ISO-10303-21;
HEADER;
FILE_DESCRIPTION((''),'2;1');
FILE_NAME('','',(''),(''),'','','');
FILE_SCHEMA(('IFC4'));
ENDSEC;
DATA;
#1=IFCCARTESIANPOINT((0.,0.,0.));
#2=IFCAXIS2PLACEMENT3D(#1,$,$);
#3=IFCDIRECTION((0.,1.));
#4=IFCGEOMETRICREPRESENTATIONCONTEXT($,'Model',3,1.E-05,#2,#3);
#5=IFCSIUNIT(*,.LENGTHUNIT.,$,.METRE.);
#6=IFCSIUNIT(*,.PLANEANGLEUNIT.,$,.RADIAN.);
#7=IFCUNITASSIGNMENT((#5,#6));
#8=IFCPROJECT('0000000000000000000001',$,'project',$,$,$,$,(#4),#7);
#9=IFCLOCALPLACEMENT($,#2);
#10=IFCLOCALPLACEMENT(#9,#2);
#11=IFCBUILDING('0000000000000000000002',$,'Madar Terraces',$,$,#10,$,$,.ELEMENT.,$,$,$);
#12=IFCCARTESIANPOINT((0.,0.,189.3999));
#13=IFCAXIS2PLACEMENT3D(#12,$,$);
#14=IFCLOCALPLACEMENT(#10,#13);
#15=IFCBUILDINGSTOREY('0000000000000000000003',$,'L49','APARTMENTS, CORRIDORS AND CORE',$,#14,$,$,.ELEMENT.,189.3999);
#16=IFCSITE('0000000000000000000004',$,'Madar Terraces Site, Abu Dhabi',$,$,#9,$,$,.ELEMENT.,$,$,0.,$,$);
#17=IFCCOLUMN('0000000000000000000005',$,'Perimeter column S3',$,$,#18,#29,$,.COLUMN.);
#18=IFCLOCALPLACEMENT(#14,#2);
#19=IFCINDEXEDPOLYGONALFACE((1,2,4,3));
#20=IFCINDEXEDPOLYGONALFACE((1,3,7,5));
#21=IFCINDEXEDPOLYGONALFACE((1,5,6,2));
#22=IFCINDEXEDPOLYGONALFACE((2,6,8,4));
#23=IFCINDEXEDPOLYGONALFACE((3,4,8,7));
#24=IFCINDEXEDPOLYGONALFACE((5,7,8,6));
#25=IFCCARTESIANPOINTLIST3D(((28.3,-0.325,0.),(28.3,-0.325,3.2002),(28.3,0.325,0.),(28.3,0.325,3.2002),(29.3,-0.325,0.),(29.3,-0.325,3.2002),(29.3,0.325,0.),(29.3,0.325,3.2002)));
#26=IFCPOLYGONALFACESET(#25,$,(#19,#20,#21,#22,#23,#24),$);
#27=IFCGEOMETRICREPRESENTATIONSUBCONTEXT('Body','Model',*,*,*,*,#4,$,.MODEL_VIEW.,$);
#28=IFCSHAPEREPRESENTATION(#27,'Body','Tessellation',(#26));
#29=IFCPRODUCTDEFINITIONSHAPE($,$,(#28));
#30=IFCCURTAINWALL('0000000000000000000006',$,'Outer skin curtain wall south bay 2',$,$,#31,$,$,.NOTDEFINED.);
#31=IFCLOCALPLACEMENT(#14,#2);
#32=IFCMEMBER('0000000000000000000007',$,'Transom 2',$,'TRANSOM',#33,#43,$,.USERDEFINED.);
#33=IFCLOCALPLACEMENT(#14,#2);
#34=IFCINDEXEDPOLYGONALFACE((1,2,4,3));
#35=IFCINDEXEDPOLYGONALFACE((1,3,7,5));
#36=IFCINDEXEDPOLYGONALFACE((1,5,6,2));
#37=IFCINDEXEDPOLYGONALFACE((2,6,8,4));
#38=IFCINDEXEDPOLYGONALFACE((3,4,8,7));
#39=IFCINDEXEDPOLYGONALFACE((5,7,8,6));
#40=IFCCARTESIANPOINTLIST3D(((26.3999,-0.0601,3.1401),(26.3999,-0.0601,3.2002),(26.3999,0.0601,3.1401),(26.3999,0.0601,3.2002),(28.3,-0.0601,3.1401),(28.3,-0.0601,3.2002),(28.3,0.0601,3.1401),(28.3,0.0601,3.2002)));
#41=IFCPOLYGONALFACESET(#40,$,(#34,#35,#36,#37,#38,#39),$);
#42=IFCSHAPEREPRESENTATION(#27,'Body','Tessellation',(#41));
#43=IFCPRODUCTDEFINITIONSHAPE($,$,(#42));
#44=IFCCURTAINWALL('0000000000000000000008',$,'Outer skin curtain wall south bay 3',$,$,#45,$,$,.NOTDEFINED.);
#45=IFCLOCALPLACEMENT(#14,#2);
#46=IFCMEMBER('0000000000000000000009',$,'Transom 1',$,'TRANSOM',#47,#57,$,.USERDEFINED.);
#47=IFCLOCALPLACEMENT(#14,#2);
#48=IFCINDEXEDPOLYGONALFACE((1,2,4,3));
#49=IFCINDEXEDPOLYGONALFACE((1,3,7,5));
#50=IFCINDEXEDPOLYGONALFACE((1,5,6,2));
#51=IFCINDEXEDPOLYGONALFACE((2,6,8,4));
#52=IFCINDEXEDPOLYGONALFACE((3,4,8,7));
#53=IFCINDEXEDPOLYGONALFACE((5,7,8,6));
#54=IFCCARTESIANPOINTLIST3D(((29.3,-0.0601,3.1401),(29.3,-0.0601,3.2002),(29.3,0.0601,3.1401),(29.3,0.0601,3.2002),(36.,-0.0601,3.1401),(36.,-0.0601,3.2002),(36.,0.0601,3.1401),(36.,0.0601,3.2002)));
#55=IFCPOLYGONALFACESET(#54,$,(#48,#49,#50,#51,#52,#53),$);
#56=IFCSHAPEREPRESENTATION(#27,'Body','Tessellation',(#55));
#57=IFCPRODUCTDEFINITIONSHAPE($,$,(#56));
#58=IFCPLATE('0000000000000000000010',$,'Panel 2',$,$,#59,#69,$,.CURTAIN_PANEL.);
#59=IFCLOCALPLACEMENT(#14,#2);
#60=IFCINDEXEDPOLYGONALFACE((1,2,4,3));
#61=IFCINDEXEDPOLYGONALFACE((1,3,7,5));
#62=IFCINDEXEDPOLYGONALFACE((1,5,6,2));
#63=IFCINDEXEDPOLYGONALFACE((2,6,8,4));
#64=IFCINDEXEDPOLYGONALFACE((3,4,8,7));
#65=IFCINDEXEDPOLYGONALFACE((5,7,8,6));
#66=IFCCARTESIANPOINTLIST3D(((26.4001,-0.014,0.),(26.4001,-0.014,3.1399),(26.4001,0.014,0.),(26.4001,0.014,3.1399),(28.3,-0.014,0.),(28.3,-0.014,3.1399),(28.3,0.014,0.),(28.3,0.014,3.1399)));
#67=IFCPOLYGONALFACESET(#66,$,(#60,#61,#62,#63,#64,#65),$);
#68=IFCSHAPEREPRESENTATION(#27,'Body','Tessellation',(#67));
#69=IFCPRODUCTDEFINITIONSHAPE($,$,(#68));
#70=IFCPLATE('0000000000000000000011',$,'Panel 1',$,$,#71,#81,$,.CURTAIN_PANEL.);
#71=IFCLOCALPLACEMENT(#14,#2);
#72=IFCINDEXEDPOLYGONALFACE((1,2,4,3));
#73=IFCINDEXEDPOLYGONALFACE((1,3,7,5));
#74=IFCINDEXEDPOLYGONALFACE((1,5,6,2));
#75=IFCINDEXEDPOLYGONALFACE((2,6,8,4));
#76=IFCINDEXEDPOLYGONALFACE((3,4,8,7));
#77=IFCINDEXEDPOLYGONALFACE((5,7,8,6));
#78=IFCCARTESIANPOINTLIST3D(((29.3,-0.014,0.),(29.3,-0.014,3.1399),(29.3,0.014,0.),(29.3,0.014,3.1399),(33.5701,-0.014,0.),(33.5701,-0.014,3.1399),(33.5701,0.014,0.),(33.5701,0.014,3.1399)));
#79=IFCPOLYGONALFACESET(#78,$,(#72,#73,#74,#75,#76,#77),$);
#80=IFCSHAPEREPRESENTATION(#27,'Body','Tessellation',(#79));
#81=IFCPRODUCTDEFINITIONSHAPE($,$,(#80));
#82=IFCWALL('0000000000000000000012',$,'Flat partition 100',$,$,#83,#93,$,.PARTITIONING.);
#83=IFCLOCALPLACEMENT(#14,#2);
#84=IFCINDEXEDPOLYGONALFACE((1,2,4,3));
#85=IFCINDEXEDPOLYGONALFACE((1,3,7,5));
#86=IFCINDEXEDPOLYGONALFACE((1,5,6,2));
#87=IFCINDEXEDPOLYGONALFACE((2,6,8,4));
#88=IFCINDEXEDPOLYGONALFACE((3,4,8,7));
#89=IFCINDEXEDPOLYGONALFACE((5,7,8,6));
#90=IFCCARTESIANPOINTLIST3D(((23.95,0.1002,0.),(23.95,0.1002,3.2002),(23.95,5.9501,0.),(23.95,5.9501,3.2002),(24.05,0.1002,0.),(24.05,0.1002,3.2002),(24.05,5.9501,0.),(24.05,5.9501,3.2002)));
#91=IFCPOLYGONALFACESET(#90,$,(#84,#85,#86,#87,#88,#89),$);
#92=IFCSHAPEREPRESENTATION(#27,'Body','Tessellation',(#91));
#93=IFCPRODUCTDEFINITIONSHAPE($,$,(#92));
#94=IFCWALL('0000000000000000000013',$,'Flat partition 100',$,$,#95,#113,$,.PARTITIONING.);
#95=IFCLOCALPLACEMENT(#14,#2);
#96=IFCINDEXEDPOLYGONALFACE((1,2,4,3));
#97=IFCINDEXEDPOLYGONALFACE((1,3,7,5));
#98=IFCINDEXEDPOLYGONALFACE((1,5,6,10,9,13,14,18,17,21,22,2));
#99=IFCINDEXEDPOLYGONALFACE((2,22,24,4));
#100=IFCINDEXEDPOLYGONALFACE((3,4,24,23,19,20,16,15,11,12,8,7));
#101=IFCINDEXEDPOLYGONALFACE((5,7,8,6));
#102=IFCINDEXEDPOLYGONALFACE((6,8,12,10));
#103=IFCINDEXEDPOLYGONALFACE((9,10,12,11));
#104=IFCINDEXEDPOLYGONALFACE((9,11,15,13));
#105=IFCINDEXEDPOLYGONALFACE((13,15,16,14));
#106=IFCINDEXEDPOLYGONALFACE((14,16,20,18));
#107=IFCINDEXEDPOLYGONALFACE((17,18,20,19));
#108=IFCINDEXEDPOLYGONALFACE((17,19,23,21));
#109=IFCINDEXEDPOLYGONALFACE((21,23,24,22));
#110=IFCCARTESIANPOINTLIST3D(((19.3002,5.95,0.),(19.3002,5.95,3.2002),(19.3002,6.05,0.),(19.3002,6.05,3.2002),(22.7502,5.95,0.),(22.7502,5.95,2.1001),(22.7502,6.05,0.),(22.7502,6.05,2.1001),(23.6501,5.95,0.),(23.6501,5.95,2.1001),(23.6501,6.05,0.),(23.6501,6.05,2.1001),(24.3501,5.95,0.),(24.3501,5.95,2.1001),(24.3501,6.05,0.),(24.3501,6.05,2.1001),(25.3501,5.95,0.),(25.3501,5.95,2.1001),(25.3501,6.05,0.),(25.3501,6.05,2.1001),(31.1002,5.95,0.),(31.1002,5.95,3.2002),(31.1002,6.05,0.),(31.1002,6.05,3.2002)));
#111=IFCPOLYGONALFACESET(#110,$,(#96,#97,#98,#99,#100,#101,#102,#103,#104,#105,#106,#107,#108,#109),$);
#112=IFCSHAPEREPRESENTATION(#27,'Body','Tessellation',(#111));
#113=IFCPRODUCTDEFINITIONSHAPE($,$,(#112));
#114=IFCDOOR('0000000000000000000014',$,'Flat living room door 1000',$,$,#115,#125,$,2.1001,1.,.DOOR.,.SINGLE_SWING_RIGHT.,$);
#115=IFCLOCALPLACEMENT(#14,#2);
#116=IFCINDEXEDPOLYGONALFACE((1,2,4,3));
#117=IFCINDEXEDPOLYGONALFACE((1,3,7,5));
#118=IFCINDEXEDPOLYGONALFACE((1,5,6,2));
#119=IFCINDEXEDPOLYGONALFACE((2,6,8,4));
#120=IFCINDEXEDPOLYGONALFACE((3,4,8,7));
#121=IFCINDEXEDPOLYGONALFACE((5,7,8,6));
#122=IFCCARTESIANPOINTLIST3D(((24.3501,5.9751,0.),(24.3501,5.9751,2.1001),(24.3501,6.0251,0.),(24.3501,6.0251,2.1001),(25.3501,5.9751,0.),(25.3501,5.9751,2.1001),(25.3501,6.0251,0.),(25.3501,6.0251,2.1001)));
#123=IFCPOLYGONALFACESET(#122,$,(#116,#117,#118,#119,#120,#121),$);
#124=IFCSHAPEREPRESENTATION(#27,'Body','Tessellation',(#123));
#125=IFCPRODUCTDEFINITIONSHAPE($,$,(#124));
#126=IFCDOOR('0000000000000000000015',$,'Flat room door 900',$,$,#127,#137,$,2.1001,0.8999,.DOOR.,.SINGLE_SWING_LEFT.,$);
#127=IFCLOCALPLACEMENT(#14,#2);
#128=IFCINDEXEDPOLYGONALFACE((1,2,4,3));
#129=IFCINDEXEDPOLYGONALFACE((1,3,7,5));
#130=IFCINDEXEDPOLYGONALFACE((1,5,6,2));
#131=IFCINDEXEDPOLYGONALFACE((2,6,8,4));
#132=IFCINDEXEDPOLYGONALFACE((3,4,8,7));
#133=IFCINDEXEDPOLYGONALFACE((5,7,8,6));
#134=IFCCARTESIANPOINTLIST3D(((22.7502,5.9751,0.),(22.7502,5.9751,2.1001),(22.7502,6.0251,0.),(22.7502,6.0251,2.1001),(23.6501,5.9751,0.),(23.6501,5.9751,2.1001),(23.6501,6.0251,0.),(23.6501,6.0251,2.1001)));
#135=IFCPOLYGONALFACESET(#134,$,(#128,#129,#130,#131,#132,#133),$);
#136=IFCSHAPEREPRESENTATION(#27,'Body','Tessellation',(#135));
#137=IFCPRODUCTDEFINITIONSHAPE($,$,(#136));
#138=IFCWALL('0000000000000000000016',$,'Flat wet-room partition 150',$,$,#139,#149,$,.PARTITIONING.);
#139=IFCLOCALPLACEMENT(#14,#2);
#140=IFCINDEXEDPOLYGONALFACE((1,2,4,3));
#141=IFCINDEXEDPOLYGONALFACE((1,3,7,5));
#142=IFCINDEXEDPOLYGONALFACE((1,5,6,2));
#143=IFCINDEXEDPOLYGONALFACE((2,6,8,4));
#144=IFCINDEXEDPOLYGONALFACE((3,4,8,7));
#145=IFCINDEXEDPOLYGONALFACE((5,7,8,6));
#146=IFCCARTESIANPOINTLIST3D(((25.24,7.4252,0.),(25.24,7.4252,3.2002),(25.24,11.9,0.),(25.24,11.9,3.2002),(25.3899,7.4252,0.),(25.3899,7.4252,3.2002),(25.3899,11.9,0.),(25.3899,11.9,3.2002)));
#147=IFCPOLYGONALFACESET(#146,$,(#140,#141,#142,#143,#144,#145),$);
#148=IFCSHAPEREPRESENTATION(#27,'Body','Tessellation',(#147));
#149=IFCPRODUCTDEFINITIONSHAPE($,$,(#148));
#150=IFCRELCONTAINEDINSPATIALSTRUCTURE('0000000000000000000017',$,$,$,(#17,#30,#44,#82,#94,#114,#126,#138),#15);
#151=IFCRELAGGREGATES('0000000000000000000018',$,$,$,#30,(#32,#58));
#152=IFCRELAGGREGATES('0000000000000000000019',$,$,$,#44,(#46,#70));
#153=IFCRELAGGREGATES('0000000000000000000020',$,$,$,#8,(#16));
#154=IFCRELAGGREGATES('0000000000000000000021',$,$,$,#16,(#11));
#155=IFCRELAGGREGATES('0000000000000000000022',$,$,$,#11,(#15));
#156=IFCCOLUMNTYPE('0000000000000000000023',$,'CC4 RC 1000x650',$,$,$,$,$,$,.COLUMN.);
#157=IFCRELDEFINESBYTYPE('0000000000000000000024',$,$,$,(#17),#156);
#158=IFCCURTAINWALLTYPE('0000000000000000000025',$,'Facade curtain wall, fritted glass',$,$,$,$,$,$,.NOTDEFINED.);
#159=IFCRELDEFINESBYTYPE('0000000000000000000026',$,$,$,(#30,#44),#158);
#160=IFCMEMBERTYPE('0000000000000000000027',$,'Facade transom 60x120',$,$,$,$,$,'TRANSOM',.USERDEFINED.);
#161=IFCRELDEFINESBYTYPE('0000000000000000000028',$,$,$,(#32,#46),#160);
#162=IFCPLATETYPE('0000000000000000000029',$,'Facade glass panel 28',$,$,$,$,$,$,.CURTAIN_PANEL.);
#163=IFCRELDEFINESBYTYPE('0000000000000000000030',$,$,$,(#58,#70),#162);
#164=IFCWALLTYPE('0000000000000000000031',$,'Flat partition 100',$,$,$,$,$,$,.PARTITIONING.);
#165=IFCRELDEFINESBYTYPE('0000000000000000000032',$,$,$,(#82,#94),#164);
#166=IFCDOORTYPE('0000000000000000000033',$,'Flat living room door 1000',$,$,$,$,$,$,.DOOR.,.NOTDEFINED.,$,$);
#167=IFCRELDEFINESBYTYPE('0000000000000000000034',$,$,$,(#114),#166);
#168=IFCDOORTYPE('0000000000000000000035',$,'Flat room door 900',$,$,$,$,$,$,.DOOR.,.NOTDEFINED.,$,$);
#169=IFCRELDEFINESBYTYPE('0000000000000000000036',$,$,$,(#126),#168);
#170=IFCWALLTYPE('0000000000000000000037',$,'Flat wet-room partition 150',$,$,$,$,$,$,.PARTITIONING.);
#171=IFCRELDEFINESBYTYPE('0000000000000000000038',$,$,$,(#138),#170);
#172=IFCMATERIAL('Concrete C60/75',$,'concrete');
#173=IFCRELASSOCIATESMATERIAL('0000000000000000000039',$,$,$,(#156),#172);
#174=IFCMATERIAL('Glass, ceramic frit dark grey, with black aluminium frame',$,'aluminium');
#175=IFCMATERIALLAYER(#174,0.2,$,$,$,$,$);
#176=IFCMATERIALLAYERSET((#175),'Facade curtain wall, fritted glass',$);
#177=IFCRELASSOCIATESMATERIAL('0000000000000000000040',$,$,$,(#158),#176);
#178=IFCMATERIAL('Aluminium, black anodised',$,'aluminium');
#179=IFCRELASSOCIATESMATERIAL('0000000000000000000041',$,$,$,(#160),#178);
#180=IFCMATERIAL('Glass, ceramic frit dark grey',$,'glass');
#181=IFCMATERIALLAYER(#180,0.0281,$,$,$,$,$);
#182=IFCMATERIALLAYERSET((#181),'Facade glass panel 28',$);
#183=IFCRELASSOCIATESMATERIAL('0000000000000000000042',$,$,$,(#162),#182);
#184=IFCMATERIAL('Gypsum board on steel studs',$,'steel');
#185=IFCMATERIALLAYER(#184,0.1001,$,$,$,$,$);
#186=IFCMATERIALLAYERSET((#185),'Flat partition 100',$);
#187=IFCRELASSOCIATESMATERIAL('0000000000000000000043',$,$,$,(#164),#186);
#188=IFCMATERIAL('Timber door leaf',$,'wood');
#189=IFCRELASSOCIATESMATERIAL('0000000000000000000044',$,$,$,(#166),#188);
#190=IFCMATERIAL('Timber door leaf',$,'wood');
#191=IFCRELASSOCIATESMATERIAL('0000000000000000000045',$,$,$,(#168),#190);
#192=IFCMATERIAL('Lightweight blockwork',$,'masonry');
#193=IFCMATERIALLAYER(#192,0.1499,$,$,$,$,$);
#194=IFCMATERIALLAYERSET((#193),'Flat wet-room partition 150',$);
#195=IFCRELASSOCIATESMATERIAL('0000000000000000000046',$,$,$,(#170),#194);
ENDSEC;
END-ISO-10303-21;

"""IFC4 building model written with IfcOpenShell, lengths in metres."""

from ifc_helpers import new_model, si_unit, direction, frame, frame_2d, origin, origin_2d, place, context, subcontext, project, spatial, rectangle, extrude, material, layer, layer_set, material_profile, profile_set, type_object, element, fill, aggregate, save


model = new_model("IFC4")

# Units and contexts
model_context = context("Model", 3, precision=1e-05, world=origin(), true_north=direction((0.0, 1.0)))
body_context = subcontext(model_context, "Body", "Model", "MODEL_VIEW")
ifc_project = project(units=[si_unit("LENGTHUNIT", "METRE"), si_unit("PLANEANGLEUNIT", "RADIAN")], contexts=[model_context])

# Site, building, storey
site_placement = place(None, origin())
site = spatial("IfcSite", under=ifc_project, at=site_placement, Name="Madar Terraces Site, Abu Dhabi", CompositionType="ELEMENT", RefElevation=0.0)
building_placement = place(site_placement, origin())
building = spatial("IfcBuilding", under=site, at=building_placement, Name="Madar Terraces", CompositionType="ELEMENT")
storey_placement = place(building_placement, frame((0.0, 0.0, 189.3999)))
storey = spatial("IfcBuildingStorey", under=building, at=storey_placement, Name="L49", Description="APARTMENTS, CORRIDORS AND CORE", CompositionType="ELEMENT", Elevation=189.3999)

# Column
ifc_material_1 = material(Name="Concrete C60/75", Category="concrete")
ifc_material_profile_1 = material_profile(ifc_material_1, rectangle(XDim=1.0, YDim=0.6499, at=origin_2d()), Name="CC4 RC 1000x650")
ifc_profile_set_1 = profile_set([ifc_material_profile_1], Name="Concrete C60/75")
column_type = type_object("IfcColumnType", Name="CC4 RC 1000x650", PredefinedType="COLUMN", material=ifc_profile_set_1)
column_placement = place(storey_placement, frame((28.8, 0.0, 0.0), z_axis=(0.0, 0.0, 1.0), x_axis=(1.0, 0.0, 0.0)))
element("IfcColumn", 1, at=column_placement, inside=storey, type_object=column_type, Name="Perimeter column S3", PredefinedType="COLUMN", context=body_context, shape_type="SweptSolid", body=[
    extrude(rectangle(XDim=1.0, YDim=0.6499, at=origin_2d()), origin(), (0.0, 0.0, 1.0), 3.2002),
])

# Curtain walls, members
ifc_material_2 = material(Name="Glass, ceramic frit dark grey, with black aluminium frame", Category="aluminium")
ifc_layer_1 = layer(ifc_material_2, 0.2)
ifc_layer_set_1 = layer_set([ifc_layer_1], Name="Facade curtain wall, fritted glass")
curtain_wall_type = type_object("IfcCurtainWallType", Name="Facade curtain wall, fritted glass", PredefinedType="NOTDEFINED", material=ifc_layer_set_1)
curtain_wall_1_placement = place(storey_placement, origin())
curtain_wall_1 = element("IfcCurtainWall", 2, at=curtain_wall_1_placement, inside=storey, type_object=curtain_wall_type, Name="Outer skin curtain wall south bay 2", PredefinedType="NOTDEFINED")
ifc_material_3 = material(Name="Aluminium, black anodised", Category="aluminium")
ifc_material_profile_2 = material_profile(ifc_material_3, rectangle(XDim=0.1201, YDim=0.0601, at=origin_2d()), Name="Facade transom 60x120")
ifc_profile_set_2 = profile_set([ifc_material_profile_2], Name="Aluminium, black anodised")
member_type = type_object("IfcMemberType", Name="Facade transom 60x120", ElementType="TRANSOM", PredefinedType="USERDEFINED", material=ifc_profile_set_2)
member_1_placement = place(storey_placement, frame((26.3999, 0.0, 3.1702), z_axis=(1.0, 0.0, 0.0), x_axis=(0.0, 1.0, 0.0)))
member_1 = element("IfcMember", 3, at=member_1_placement, type_object=member_type, Name="Transom 2", ObjectType="TRANSOM", PredefinedType="USERDEFINED", context=body_context, shape_type="SweptSolid", body=[
    extrude(rectangle(XDim=0.1201, YDim=0.0601, at=origin_2d()), origin(), (0.0, 0.0, 1.0), 1.9001),
])
curtain_wall_2_placement = place(storey_placement, origin())
curtain_wall_2 = element("IfcCurtainWall", 4, at=curtain_wall_2_placement, inside=storey, type_object=curtain_wall_type, Name="Outer skin curtain wall south bay 3", PredefinedType="NOTDEFINED")
member_2_placement = place(storey_placement, frame((29.3, 0.0, 3.1702), z_axis=(1.0, 0.0, 0.0), x_axis=(0.0, 1.0, 0.0)))
member_2 = element("IfcMember", 5, at=member_2_placement, type_object=member_type, Name="Transom 1", ObjectType="TRANSOM", PredefinedType="USERDEFINED", context=body_context, shape_type="SweptSolid", body=[
    extrude(rectangle(XDim=0.1201, YDim=0.0601, at=origin_2d()), origin(), (0.0, 0.0, 1.0), 6.7),
])

# Plates
ifc_material_4 = material(Name="Glass, ceramic frit dark grey", Category="glass")
ifc_layer_2 = layer(ifc_material_4, 0.0281)
ifc_layer_set_2 = layer_set([ifc_layer_2], Name="Facade glass panel 28")
plate_type = type_object("IfcPlateType", Name="Facade glass panel 28", PredefinedType="CURTAIN_PANEL", material=ifc_layer_set_2)
plate_1_placement = place(storey_placement, frame((27.3501, 0.0, 0.0), z_axis=(0.0, 0.0, 1.0), x_axis=(1.0, 0.0, 0.0)))
plate_1 = element("IfcPlate", 6, at=plate_1_placement, type_object=plate_type, Name="Panel 2", PredefinedType="CURTAIN_PANEL", context=body_context, shape_type="SweptSolid", body=[
    extrude(rectangle(XDim=1.8999, YDim=0.0281, at=origin_2d()), origin(), (0.0, 0.0, 1.0), 3.1399),
])
aggregate(curtain_wall_1, [member_1, plate_1])
plate_2_placement = place(storey_placement, frame((31.4351, 0.0, 0.0), z_axis=(0.0, 0.0, 1.0), x_axis=(1.0, 0.0, 0.0)))
plate_2 = element("IfcPlate", 7, at=plate_2_placement, type_object=plate_type, Name="Panel 1", PredefinedType="CURTAIN_PANEL", context=body_context, shape_type="SweptSolid", body=[
    extrude(rectangle(XDim=4.27, YDim=0.0281, at=origin_2d()), origin(), (0.0, 0.0, 1.0), 3.1399),
])
aggregate(curtain_wall_2, [member_2, plate_2])

# Wall
ifc_material_5 = material(Name="Gypsum board on steel studs", Category="steel")
ifc_layer_3 = layer(ifc_material_5, 0.1001)
ifc_layer_set_3 = layer_set([ifc_layer_3], Name="Flat partition 100")
wall_type_1 = type_object("IfcWallType", Name="Flat partition 100", PredefinedType="PARTITIONING", material=ifc_layer_set_3)
wall_1_placement = place(storey_placement, frame((24.0, 5.95, 0.0), z_axis=(0.0, 0.0, 1.0), x_axis=(0.0, -1.0, 0.0)))
element("IfcWall", 8, at=wall_1_placement, inside=storey, type_object=wall_type_1, Name="Flat partition 100", PredefinedType="PARTITIONING", context=body_context, shape_type="SweptSolid", body=[
    extrude(rectangle(XDim=5.8499, YDim=0.1001, at=frame_2d((2.9248, 0.0))), origin(), (0.0, 0.0, 1.0), 3.2002),
])

# Wall, openings, doors
wall_2_placement = place(storey_placement, frame((31.1001, 6.0, 0.0), z_axis=(0.0, 0.0, 1.0), x_axis=(-1.0, 0.0, 0.0)))
wall_2 = element("IfcWall", 9, at=wall_2_placement, inside=storey, type_object=wall_type_1, Name="Flat partition 100", PredefinedType="PARTITIONING", context=body_context, shape_type="SweptSolid", body=[
    extrude(rectangle(XDim=11.8, YDim=0.1001, at=frame_2d((5.8999, 0.0))), origin(), (0.0, 0.0, 1.0), 3.2002),
])
opening_1_placement = place(wall_2_placement, frame((5.75, 0.0, 0.0)))
opening_1 = element("IfcOpeningElement", 10, at=opening_1_placement, cuts=wall_2, PredefinedType="OPENING", context=body_context, shape_type="SweptSolid", body=[
    extrude(rectangle(XDim=1.0, YDim=2.1001, at=frame_2d((0.5, 1.05))), frame((0.0, 0.0601, 0.0), z_axis=(0.0, -1.0, 0.0), x_axis=(1.0, 0.0, 0.0)), (0.0, 0.0, 1.0), 0.1201),
])
opening_2_placement = place(wall_2_placement, frame((7.45, 0.0, 0.0)))
opening_2 = element("IfcOpeningElement", 11, at=opening_2_placement, cuts=wall_2, PredefinedType="OPENING", context=body_context, shape_type="SweptSolid", body=[
    extrude(rectangle(XDim=0.8999, YDim=2.1001, at=frame_2d((0.45, 1.05))), frame((0.0, 0.0601, 0.0), z_axis=(0.0, -1.0, 0.0), x_axis=(1.0, 0.0, 0.0)), (0.0, 0.0, 1.0), 0.1201),
])
ifc_material_6 = material(Name="Timber door leaf", Category="wood")
door_type_1 = type_object("IfcDoorType", Name="Flat living room door 1000", OperationType="NOTDEFINED", PredefinedType="DOOR", material=ifc_material_6)
door_1_placement = place(opening_1_placement, origin())
door_1 = element("IfcDoor", 12, at=door_1_placement, inside=storey, type_object=door_type_1, Name="Flat living room door 1000", OperationType="SINGLE_SWING_RIGHT", OverallHeight=2.1001, OverallWidth=1.0, PredefinedType="DOOR", context=body_context, shape_type="SweptSolid", body=[
    extrude(rectangle(XDim=1.0, YDim=2.1001, at=frame_2d((0.5, 1.05))), frame((0.0, 0.0249, 0.0), z_axis=(0.0, -1.0, 0.0), x_axis=(1.0, 0.0, 0.0)), (0.0, 0.0, 1.0), 0.05),
])
fill(opening_1, door_1)
ifc_material_7 = material(Name="Timber door leaf", Category="wood")
door_type_2 = type_object("IfcDoorType", Name="Flat room door 900", OperationType="NOTDEFINED", PredefinedType="DOOR", material=ifc_material_7)
door_2_placement = place(opening_2_placement, origin())
door_2 = element("IfcDoor", 13, at=door_2_placement, inside=storey, type_object=door_type_2, Name="Flat room door 900", OperationType="SINGLE_SWING_LEFT", OverallHeight=2.1001, OverallWidth=0.8999, PredefinedType="DOOR", context=body_context, shape_type="SweptSolid", body=[
    extrude(rectangle(XDim=0.8999, YDim=2.1001, at=frame_2d((0.45, 1.05))), frame((0.0, 0.0249, 0.0), z_axis=(0.0, -1.0, 0.0), x_axis=(1.0, 0.0, 0.0)), (0.0, 0.0, 1.0), 0.05),
])
fill(opening_2, door_2)

# Wall
ifc_material_8 = material(Name="Lightweight blockwork", Category="masonry")
ifc_layer_4 = layer(ifc_material_8, 0.1499)
ifc_layer_set_4 = layer_set([ifc_layer_4], Name="Flat wet-room partition 150")
wall_type_2 = type_object("IfcWallType", Name="Flat wet-room partition 150", PredefinedType="PARTITIONING", material=ifc_layer_set_4)
wall_3_placement = place(storey_placement, frame((25.3149, 11.8999, 0.0), z_axis=(0.0, 0.0, 1.0), x_axis=(0.0, -1.0, 0.0)))
element("IfcWall", 14, at=wall_3_placement, inside=storey, type_object=wall_type_2, Name="Flat wet-room partition 150", PredefinedType="PARTITIONING", context=body_context, shape_type="SweptSolid", body=[
    extrude(rectangle(XDim=4.4749, YDim=0.1499, at=frame_2d((2.2373, 0.0))), origin(), (0.0, 0.0, 1.0), 3.2002),
])

save(model, "model.ifc")
